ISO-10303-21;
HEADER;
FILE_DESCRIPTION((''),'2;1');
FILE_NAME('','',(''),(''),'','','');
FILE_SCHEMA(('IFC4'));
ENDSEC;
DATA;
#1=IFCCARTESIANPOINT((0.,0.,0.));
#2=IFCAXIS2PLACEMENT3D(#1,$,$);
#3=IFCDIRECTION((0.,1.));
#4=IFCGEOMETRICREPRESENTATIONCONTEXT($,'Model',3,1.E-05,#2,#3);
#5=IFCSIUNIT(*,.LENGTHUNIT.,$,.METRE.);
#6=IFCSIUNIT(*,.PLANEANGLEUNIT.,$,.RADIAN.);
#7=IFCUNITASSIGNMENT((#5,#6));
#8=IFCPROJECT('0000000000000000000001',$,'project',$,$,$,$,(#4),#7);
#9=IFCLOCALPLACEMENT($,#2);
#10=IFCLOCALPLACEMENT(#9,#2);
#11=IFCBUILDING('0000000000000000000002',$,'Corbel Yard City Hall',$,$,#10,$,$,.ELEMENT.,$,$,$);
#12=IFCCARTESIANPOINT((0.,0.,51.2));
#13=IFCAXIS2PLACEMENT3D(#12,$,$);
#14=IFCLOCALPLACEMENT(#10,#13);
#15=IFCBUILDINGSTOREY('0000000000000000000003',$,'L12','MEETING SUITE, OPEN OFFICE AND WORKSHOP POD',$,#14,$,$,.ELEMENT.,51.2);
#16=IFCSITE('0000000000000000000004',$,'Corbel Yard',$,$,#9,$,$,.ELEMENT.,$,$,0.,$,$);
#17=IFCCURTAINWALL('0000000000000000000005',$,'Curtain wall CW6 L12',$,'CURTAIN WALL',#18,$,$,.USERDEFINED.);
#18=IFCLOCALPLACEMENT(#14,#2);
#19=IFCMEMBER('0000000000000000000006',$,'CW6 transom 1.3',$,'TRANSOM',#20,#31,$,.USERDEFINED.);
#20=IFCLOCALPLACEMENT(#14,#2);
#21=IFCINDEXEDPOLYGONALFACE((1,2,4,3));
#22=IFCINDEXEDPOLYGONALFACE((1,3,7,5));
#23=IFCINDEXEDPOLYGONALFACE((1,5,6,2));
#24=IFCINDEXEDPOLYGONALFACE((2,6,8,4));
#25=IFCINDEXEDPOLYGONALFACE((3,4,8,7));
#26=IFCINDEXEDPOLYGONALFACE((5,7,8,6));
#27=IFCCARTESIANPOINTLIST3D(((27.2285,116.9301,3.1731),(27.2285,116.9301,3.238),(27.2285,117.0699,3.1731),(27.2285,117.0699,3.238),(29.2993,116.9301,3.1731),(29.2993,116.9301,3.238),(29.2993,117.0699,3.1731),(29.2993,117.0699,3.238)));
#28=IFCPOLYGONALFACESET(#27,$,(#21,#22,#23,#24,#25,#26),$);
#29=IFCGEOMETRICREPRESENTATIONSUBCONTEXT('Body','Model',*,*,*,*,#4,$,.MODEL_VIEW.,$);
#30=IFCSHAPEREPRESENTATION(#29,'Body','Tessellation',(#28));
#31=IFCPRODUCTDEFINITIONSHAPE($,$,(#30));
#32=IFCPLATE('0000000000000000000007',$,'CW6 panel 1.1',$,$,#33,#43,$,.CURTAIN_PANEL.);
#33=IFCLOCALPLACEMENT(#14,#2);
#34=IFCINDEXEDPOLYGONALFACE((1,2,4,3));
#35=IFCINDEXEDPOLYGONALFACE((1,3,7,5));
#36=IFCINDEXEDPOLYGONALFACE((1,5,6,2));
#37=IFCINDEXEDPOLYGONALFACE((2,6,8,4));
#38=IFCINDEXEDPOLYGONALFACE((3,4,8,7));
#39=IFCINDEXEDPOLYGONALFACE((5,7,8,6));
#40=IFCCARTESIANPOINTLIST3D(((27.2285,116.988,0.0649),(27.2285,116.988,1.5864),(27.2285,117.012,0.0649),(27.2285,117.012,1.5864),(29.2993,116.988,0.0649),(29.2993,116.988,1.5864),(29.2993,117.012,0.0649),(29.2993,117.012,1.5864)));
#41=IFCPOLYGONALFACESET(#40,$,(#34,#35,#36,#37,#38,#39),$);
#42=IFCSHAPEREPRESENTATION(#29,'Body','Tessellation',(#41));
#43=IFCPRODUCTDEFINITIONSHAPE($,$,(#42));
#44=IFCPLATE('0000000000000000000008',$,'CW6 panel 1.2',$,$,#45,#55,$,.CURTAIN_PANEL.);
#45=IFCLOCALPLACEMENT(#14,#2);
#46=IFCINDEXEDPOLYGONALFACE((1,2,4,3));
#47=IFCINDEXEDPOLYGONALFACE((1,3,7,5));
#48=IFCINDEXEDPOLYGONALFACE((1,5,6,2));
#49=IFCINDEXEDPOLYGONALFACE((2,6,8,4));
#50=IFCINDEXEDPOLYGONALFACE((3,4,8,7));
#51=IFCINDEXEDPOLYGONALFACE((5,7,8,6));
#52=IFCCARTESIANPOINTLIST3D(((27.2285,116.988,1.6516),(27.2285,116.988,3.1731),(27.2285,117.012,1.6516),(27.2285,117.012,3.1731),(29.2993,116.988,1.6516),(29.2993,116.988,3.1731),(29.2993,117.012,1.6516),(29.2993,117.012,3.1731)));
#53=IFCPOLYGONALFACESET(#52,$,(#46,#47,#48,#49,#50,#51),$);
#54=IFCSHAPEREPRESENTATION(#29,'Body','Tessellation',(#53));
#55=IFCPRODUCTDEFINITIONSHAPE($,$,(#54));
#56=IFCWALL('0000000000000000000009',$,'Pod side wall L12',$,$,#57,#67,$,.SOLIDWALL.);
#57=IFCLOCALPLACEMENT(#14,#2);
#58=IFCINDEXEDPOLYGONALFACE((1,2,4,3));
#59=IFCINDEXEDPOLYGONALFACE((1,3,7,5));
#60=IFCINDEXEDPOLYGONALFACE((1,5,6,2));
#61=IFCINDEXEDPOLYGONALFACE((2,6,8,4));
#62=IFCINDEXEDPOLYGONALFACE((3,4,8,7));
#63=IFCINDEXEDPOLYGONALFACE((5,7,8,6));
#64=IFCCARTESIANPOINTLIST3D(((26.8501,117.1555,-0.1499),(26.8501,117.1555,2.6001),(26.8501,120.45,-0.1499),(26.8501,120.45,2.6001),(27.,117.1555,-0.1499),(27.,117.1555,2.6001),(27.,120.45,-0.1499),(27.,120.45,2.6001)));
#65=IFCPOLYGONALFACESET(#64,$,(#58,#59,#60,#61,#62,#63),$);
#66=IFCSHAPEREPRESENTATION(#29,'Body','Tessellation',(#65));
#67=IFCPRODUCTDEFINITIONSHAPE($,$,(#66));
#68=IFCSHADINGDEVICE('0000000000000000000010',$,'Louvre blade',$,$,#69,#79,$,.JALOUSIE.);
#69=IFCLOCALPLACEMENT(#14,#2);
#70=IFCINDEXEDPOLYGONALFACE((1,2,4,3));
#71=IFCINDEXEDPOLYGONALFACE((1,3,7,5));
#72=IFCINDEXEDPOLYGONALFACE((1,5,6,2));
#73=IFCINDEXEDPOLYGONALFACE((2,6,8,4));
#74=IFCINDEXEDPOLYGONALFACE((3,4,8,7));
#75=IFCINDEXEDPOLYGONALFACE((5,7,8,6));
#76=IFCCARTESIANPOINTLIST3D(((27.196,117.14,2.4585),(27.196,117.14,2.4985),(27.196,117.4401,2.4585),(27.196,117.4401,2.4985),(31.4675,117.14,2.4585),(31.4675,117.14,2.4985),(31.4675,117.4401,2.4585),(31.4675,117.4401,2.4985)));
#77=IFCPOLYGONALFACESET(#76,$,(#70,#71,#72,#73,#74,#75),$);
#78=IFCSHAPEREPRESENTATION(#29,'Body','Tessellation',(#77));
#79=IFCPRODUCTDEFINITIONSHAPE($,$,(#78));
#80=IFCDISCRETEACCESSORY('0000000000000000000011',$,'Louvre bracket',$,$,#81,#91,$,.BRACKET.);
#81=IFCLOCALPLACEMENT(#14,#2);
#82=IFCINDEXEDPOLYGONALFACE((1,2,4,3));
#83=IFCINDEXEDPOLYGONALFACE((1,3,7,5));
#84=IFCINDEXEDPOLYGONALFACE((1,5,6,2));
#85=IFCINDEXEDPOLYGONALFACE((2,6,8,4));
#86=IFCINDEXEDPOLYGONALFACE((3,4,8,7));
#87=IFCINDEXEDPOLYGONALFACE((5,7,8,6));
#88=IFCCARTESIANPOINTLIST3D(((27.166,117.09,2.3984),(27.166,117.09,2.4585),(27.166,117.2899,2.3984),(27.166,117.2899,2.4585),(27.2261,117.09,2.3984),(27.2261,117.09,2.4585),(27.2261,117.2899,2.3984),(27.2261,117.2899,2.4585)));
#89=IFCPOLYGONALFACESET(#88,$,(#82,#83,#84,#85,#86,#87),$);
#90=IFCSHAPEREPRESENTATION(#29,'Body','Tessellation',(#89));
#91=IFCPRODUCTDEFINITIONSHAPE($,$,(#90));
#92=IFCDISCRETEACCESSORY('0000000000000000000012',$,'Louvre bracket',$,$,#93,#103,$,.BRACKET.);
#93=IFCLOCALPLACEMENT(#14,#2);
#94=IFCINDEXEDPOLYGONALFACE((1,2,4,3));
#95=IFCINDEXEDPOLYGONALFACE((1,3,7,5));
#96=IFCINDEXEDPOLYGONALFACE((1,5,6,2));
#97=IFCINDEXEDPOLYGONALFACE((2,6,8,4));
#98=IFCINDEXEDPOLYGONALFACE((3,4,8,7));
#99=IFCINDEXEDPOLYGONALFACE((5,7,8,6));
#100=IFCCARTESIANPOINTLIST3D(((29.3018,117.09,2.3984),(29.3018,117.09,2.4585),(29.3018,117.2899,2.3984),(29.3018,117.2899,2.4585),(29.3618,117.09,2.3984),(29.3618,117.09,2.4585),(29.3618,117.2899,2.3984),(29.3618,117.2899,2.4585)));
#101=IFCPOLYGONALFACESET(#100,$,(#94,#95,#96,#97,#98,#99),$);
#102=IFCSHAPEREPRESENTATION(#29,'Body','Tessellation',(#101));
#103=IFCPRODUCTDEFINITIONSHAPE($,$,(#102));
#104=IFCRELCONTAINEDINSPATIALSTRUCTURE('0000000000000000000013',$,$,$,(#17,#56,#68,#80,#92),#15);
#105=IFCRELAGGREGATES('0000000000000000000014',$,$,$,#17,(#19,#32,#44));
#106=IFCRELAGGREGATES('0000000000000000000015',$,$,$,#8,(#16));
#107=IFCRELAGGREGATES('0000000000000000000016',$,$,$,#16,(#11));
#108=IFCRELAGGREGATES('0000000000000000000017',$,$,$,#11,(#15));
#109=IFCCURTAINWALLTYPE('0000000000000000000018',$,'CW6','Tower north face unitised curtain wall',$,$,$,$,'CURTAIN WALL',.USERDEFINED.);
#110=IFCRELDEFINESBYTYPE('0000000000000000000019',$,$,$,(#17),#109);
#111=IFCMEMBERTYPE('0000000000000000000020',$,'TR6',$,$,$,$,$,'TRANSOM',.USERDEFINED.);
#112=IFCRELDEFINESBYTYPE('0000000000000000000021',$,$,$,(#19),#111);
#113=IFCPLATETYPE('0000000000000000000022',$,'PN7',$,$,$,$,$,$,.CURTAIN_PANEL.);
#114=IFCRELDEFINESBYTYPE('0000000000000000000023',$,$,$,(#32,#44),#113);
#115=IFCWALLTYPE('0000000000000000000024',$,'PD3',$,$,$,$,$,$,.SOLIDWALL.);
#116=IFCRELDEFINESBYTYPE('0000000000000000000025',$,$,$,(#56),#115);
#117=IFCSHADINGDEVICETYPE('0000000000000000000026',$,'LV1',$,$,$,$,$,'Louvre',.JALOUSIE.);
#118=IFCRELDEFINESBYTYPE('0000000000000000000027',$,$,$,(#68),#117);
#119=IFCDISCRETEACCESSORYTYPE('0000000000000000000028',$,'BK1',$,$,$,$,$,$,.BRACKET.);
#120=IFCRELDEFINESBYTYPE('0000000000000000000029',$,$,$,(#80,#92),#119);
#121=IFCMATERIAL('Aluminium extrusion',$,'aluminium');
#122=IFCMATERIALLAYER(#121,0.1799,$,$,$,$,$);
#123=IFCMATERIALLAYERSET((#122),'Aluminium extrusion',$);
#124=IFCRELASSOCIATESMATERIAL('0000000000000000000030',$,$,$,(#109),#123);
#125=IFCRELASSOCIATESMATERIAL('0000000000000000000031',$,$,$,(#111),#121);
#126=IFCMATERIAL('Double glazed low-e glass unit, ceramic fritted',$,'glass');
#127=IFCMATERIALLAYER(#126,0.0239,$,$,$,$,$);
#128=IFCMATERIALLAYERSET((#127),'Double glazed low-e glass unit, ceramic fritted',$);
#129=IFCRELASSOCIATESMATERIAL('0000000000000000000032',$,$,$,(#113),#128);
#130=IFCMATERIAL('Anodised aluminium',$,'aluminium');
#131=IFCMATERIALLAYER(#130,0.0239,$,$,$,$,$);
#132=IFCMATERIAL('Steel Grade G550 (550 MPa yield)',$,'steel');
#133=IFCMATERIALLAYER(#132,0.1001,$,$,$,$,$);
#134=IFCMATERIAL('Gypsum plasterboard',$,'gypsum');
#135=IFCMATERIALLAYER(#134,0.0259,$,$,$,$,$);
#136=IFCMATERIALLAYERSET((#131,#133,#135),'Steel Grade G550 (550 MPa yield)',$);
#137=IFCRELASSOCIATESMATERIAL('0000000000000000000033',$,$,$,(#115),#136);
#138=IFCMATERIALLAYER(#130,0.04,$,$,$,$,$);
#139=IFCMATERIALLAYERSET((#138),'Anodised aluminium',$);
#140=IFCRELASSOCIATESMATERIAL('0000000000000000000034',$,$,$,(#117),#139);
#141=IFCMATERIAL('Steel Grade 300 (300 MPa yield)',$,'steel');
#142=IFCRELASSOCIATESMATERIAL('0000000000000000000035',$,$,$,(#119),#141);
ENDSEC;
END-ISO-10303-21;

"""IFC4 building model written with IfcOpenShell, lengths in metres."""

from ifc_helpers import new_model, si_unit, direction, frame, frame_2d, origin, origin_2d, place, context, subcontext, project, spatial, rectangle, extrude, material, layer, layer_set, material_profile, profile_set, type_object, element, aggregate, save


model = new_model("IFC4")

# Units and contexts
model_context = context("Model", 3, precision=1e-05, world=origin(), true_north=direction((0.0, 1.0)))
body_context = subcontext(model_context, "Body", "Model", "MODEL_VIEW")
ifc_project = project(units=[si_unit("LENGTHUNIT", "METRE"), si_unit("PLANEANGLEUNIT", "RADIAN")], contexts=[model_context])

# Site, building, storey
site_placement = place(None, origin())
site = spatial("IfcSite", under=ifc_project, at=site_placement, Name="Corbel Yard", CompositionType="ELEMENT", RefElevation=0.0)
building_placement = place(site_placement, origin())
building = spatial("IfcBuilding", under=site, at=building_placement, Name="Corbel Yard City Hall", CompositionType="ELEMENT")
storey_placement = place(building_placement, frame((0.0, 0.0, 51.2)))
storey = spatial("IfcBuildingStorey", under=building, at=storey_placement, Name="L12", Description="MEETING SUITE, OPEN OFFICE AND WORKSHOP POD", CompositionType="ELEMENT", Elevation=51.2)

# Shared definitions
ifc_material_1 = material(Name="Steel Grade 300 (300 MPa yield)", Category="steel")

# Curtain wall
ifc_material_2 = material(Name="Aluminium extrusion", Category="aluminium")
ifc_layer_1 = layer(ifc_material_2, 0.1799)
ifc_layer_set_1 = layer_set([ifc_layer_1], Name="Aluminium extrusion")
curtain_wall_type = type_object("IfcCurtainWallType", Name="CW6", Description="Tower north face unitised curtain wall", ElementType="CURTAIN WALL", PredefinedType="USERDEFINED", material=ifc_layer_set_1)
curtain_wall_placement = place(storey_placement, origin())
curtain_wall = element("IfcCurtainWall", 1, at=curtain_wall_placement, inside=storey, type_object=curtain_wall_type, Name="Curtain wall CW6 L12", ObjectType="CURTAIN WALL", PredefinedType="USERDEFINED")

# Member
ifc_material_profile_1 = material_profile(ifc_material_2, rectangle(XDim=0.1399, YDim=0.0649, at=origin_2d()), Name="140x65")
ifc_profile_set_1 = profile_set([ifc_material_profile_1], Name="Aluminium extrusion")
member_type_1 = type_object("IfcMemberType", Name="TR6", ElementType="TRANSOM", PredefinedType="USERDEFINED", material=ifc_profile_set_1)
member_1_placement = place(storey_placement, frame((27.2285, 117.0, 3.2056), z_axis=(1.0, 0.0, 0.0), x_axis=(0.0, 1.0, 0.0)))
member_1 = element("IfcMember", 2, at=member_1_placement, type_object=member_type_1, Name="CW6 transom 1.3", ObjectType="TRANSOM", PredefinedType="USERDEFINED", context=body_context, shape_type="SweptSolid", body=[
    extrude(rectangle(XDim=0.1399, YDim=0.0649, at=origin_2d()), origin(), (0.0, 0.0, 1.0), 2.0708),
])

# Plates
ifc_material_3 = material(Name="Double glazed low-e glass unit, ceramic fritted", Category="glass")
ifc_layer_2 = layer(ifc_material_3, 0.0239)
ifc_layer_set_2 = layer_set([ifc_layer_2], Name="Double glazed low-e glass unit, ceramic fritted")
plate_type = type_object("IfcPlateType", Name="PN7", PredefinedType="CURTAIN_PANEL", material=ifc_layer_set_2)
plate_1_placement = place(storey_placement, frame((28.2639, 117.0, 0.0649), z_axis=(0.0, 0.0, 1.0), x_axis=(1.0, 0.0, 0.0)))
plate_1 = element("IfcPlate", 3, at=plate_1_placement, type_object=plate_type, Name="CW6 panel 1.1", PredefinedType="CURTAIN_PANEL", context=body_context, shape_type="SweptSolid", body=[
    extrude(rectangle(XDim=2.0708, YDim=0.0239, at=origin_2d()), origin(), (0.0, 0.0, 1.0), 1.5215),
])
plate_2_placement = place(storey_placement, frame((28.2639, 117.0, 1.6516), z_axis=(0.0, 0.0, 1.0), x_axis=(1.0, 0.0, 0.0)))
plate_2 = element("IfcPlate", 4, at=plate_2_placement, type_object=plate_type, Name="CW6 panel 1.2", PredefinedType="CURTAIN_PANEL", context=body_context, shape_type="SweptSolid", body=[
    extrude(rectangle(XDim=2.0708, YDim=0.0239, at=origin_2d()), origin(), (0.0, 0.0, 1.0), 1.5215),
])
aggregate(curtain_wall, [member_1, plate_1, plate_2])

# Wall
ifc_material_4 = material(Name="Anodised aluminium", Category="aluminium")
ifc_layer_3 = layer(ifc_material_4, 0.0239)
ifc_material_5 = material(Name="Steel Grade G550 (550 MPa yield)", Category="steel")
ifc_layer_4 = layer(ifc_material_5, 0.1001)
ifc_material_6 = material(Name="Gypsum plasterboard", Category="gypsum")
ifc_layer_5 = layer(ifc_material_6, 0.0259)
ifc_layer_set_3 = layer_set([ifc_layer_3, ifc_layer_4, ifc_layer_5], Name="Steel Grade G550 (550 MPa yield)")
wall_type = type_object("IfcWallType", Name="PD3", PredefinedType="SOLIDWALL", material=ifc_layer_set_3)
wall_placement = place(storey_placement, frame((26.925, 120.45, -0.1499), z_axis=(0.0, 0.0, 1.0), x_axis=(0.0, -1.0, 0.0)))
element("IfcWall", 5, at=wall_placement, inside=storey, type_object=wall_type, Name="Pod side wall L12", PredefinedType="SOLIDWALL", context=body_context, shape_type="SweptSolid", body=[
    extrude(rectangle(XDim=3.2944, YDim=0.1499, at=frame_2d((1.6472, 0.0))), origin(), (0.0, 0.0, 1.0), 2.75),
])

# Shading device
ifc_layer_6 = layer(ifc_material_4, 0.04)
ifc_layer_set_4 = layer_set([ifc_layer_6], Name="Anodised aluminium")
shading_device_type = type_object("IfcShadingDeviceType", Name="LV1", ElementType="Louvre", PredefinedType="JALOUSIE", material=ifc_layer_set_4)
shading_device_placement = place(storey_placement, frame((29.3318, 117.29, 2.4585), z_axis=(0.0, 0.0, 1.0), x_axis=(1.0, 0.0, 0.0)))
element("IfcShadingDevice", 6, at=shading_device_placement, inside=storey, type_object=shading_device_type, Name="Louvre blade", PredefinedType="JALOUSIE", context=body_context, shape_type="SweptSolid", body=[
    extrude(rectangle(XDim=4.2715, YDim=0.3, at=origin_2d()), origin(), (0.0, 0.0, 1.0), 0.04),
])

# Discrete accessories
discrete_accessory_type = type_object("IfcDiscreteAccessoryType", Name="BK1", PredefinedType="BRACKET", material=ifc_material_1)
for number, where, z_axis, x_axis, name in (
    (7, (27.196, 117.1899, 2.3984), (0.0, 0.0, 1.0), (1.0, 0.0, 0.0), "Louvre bracket"),
    (8, (29.3318, 117.1899, 2.3984), (0.0, 0.0, 1.0), (1.0, 0.0, 0.0), "Louvre bracket"),
):
    element("IfcDiscreteAccessory", number, at=place(storey_placement, frame(where, z_axis=z_axis, x_axis=x_axis)), inside=storey, type_object=discrete_accessory_type, Name=name, PredefinedType="BRACKET", context=body_context, shape_type="SweptSolid", body=[
        extrude(rectangle(XDim=0.0601, YDim=0.2, at=origin_2d()), origin(), (0.0, 0.0, 1.0), 0.0601),
    ])

save(model, "model.ifc")
